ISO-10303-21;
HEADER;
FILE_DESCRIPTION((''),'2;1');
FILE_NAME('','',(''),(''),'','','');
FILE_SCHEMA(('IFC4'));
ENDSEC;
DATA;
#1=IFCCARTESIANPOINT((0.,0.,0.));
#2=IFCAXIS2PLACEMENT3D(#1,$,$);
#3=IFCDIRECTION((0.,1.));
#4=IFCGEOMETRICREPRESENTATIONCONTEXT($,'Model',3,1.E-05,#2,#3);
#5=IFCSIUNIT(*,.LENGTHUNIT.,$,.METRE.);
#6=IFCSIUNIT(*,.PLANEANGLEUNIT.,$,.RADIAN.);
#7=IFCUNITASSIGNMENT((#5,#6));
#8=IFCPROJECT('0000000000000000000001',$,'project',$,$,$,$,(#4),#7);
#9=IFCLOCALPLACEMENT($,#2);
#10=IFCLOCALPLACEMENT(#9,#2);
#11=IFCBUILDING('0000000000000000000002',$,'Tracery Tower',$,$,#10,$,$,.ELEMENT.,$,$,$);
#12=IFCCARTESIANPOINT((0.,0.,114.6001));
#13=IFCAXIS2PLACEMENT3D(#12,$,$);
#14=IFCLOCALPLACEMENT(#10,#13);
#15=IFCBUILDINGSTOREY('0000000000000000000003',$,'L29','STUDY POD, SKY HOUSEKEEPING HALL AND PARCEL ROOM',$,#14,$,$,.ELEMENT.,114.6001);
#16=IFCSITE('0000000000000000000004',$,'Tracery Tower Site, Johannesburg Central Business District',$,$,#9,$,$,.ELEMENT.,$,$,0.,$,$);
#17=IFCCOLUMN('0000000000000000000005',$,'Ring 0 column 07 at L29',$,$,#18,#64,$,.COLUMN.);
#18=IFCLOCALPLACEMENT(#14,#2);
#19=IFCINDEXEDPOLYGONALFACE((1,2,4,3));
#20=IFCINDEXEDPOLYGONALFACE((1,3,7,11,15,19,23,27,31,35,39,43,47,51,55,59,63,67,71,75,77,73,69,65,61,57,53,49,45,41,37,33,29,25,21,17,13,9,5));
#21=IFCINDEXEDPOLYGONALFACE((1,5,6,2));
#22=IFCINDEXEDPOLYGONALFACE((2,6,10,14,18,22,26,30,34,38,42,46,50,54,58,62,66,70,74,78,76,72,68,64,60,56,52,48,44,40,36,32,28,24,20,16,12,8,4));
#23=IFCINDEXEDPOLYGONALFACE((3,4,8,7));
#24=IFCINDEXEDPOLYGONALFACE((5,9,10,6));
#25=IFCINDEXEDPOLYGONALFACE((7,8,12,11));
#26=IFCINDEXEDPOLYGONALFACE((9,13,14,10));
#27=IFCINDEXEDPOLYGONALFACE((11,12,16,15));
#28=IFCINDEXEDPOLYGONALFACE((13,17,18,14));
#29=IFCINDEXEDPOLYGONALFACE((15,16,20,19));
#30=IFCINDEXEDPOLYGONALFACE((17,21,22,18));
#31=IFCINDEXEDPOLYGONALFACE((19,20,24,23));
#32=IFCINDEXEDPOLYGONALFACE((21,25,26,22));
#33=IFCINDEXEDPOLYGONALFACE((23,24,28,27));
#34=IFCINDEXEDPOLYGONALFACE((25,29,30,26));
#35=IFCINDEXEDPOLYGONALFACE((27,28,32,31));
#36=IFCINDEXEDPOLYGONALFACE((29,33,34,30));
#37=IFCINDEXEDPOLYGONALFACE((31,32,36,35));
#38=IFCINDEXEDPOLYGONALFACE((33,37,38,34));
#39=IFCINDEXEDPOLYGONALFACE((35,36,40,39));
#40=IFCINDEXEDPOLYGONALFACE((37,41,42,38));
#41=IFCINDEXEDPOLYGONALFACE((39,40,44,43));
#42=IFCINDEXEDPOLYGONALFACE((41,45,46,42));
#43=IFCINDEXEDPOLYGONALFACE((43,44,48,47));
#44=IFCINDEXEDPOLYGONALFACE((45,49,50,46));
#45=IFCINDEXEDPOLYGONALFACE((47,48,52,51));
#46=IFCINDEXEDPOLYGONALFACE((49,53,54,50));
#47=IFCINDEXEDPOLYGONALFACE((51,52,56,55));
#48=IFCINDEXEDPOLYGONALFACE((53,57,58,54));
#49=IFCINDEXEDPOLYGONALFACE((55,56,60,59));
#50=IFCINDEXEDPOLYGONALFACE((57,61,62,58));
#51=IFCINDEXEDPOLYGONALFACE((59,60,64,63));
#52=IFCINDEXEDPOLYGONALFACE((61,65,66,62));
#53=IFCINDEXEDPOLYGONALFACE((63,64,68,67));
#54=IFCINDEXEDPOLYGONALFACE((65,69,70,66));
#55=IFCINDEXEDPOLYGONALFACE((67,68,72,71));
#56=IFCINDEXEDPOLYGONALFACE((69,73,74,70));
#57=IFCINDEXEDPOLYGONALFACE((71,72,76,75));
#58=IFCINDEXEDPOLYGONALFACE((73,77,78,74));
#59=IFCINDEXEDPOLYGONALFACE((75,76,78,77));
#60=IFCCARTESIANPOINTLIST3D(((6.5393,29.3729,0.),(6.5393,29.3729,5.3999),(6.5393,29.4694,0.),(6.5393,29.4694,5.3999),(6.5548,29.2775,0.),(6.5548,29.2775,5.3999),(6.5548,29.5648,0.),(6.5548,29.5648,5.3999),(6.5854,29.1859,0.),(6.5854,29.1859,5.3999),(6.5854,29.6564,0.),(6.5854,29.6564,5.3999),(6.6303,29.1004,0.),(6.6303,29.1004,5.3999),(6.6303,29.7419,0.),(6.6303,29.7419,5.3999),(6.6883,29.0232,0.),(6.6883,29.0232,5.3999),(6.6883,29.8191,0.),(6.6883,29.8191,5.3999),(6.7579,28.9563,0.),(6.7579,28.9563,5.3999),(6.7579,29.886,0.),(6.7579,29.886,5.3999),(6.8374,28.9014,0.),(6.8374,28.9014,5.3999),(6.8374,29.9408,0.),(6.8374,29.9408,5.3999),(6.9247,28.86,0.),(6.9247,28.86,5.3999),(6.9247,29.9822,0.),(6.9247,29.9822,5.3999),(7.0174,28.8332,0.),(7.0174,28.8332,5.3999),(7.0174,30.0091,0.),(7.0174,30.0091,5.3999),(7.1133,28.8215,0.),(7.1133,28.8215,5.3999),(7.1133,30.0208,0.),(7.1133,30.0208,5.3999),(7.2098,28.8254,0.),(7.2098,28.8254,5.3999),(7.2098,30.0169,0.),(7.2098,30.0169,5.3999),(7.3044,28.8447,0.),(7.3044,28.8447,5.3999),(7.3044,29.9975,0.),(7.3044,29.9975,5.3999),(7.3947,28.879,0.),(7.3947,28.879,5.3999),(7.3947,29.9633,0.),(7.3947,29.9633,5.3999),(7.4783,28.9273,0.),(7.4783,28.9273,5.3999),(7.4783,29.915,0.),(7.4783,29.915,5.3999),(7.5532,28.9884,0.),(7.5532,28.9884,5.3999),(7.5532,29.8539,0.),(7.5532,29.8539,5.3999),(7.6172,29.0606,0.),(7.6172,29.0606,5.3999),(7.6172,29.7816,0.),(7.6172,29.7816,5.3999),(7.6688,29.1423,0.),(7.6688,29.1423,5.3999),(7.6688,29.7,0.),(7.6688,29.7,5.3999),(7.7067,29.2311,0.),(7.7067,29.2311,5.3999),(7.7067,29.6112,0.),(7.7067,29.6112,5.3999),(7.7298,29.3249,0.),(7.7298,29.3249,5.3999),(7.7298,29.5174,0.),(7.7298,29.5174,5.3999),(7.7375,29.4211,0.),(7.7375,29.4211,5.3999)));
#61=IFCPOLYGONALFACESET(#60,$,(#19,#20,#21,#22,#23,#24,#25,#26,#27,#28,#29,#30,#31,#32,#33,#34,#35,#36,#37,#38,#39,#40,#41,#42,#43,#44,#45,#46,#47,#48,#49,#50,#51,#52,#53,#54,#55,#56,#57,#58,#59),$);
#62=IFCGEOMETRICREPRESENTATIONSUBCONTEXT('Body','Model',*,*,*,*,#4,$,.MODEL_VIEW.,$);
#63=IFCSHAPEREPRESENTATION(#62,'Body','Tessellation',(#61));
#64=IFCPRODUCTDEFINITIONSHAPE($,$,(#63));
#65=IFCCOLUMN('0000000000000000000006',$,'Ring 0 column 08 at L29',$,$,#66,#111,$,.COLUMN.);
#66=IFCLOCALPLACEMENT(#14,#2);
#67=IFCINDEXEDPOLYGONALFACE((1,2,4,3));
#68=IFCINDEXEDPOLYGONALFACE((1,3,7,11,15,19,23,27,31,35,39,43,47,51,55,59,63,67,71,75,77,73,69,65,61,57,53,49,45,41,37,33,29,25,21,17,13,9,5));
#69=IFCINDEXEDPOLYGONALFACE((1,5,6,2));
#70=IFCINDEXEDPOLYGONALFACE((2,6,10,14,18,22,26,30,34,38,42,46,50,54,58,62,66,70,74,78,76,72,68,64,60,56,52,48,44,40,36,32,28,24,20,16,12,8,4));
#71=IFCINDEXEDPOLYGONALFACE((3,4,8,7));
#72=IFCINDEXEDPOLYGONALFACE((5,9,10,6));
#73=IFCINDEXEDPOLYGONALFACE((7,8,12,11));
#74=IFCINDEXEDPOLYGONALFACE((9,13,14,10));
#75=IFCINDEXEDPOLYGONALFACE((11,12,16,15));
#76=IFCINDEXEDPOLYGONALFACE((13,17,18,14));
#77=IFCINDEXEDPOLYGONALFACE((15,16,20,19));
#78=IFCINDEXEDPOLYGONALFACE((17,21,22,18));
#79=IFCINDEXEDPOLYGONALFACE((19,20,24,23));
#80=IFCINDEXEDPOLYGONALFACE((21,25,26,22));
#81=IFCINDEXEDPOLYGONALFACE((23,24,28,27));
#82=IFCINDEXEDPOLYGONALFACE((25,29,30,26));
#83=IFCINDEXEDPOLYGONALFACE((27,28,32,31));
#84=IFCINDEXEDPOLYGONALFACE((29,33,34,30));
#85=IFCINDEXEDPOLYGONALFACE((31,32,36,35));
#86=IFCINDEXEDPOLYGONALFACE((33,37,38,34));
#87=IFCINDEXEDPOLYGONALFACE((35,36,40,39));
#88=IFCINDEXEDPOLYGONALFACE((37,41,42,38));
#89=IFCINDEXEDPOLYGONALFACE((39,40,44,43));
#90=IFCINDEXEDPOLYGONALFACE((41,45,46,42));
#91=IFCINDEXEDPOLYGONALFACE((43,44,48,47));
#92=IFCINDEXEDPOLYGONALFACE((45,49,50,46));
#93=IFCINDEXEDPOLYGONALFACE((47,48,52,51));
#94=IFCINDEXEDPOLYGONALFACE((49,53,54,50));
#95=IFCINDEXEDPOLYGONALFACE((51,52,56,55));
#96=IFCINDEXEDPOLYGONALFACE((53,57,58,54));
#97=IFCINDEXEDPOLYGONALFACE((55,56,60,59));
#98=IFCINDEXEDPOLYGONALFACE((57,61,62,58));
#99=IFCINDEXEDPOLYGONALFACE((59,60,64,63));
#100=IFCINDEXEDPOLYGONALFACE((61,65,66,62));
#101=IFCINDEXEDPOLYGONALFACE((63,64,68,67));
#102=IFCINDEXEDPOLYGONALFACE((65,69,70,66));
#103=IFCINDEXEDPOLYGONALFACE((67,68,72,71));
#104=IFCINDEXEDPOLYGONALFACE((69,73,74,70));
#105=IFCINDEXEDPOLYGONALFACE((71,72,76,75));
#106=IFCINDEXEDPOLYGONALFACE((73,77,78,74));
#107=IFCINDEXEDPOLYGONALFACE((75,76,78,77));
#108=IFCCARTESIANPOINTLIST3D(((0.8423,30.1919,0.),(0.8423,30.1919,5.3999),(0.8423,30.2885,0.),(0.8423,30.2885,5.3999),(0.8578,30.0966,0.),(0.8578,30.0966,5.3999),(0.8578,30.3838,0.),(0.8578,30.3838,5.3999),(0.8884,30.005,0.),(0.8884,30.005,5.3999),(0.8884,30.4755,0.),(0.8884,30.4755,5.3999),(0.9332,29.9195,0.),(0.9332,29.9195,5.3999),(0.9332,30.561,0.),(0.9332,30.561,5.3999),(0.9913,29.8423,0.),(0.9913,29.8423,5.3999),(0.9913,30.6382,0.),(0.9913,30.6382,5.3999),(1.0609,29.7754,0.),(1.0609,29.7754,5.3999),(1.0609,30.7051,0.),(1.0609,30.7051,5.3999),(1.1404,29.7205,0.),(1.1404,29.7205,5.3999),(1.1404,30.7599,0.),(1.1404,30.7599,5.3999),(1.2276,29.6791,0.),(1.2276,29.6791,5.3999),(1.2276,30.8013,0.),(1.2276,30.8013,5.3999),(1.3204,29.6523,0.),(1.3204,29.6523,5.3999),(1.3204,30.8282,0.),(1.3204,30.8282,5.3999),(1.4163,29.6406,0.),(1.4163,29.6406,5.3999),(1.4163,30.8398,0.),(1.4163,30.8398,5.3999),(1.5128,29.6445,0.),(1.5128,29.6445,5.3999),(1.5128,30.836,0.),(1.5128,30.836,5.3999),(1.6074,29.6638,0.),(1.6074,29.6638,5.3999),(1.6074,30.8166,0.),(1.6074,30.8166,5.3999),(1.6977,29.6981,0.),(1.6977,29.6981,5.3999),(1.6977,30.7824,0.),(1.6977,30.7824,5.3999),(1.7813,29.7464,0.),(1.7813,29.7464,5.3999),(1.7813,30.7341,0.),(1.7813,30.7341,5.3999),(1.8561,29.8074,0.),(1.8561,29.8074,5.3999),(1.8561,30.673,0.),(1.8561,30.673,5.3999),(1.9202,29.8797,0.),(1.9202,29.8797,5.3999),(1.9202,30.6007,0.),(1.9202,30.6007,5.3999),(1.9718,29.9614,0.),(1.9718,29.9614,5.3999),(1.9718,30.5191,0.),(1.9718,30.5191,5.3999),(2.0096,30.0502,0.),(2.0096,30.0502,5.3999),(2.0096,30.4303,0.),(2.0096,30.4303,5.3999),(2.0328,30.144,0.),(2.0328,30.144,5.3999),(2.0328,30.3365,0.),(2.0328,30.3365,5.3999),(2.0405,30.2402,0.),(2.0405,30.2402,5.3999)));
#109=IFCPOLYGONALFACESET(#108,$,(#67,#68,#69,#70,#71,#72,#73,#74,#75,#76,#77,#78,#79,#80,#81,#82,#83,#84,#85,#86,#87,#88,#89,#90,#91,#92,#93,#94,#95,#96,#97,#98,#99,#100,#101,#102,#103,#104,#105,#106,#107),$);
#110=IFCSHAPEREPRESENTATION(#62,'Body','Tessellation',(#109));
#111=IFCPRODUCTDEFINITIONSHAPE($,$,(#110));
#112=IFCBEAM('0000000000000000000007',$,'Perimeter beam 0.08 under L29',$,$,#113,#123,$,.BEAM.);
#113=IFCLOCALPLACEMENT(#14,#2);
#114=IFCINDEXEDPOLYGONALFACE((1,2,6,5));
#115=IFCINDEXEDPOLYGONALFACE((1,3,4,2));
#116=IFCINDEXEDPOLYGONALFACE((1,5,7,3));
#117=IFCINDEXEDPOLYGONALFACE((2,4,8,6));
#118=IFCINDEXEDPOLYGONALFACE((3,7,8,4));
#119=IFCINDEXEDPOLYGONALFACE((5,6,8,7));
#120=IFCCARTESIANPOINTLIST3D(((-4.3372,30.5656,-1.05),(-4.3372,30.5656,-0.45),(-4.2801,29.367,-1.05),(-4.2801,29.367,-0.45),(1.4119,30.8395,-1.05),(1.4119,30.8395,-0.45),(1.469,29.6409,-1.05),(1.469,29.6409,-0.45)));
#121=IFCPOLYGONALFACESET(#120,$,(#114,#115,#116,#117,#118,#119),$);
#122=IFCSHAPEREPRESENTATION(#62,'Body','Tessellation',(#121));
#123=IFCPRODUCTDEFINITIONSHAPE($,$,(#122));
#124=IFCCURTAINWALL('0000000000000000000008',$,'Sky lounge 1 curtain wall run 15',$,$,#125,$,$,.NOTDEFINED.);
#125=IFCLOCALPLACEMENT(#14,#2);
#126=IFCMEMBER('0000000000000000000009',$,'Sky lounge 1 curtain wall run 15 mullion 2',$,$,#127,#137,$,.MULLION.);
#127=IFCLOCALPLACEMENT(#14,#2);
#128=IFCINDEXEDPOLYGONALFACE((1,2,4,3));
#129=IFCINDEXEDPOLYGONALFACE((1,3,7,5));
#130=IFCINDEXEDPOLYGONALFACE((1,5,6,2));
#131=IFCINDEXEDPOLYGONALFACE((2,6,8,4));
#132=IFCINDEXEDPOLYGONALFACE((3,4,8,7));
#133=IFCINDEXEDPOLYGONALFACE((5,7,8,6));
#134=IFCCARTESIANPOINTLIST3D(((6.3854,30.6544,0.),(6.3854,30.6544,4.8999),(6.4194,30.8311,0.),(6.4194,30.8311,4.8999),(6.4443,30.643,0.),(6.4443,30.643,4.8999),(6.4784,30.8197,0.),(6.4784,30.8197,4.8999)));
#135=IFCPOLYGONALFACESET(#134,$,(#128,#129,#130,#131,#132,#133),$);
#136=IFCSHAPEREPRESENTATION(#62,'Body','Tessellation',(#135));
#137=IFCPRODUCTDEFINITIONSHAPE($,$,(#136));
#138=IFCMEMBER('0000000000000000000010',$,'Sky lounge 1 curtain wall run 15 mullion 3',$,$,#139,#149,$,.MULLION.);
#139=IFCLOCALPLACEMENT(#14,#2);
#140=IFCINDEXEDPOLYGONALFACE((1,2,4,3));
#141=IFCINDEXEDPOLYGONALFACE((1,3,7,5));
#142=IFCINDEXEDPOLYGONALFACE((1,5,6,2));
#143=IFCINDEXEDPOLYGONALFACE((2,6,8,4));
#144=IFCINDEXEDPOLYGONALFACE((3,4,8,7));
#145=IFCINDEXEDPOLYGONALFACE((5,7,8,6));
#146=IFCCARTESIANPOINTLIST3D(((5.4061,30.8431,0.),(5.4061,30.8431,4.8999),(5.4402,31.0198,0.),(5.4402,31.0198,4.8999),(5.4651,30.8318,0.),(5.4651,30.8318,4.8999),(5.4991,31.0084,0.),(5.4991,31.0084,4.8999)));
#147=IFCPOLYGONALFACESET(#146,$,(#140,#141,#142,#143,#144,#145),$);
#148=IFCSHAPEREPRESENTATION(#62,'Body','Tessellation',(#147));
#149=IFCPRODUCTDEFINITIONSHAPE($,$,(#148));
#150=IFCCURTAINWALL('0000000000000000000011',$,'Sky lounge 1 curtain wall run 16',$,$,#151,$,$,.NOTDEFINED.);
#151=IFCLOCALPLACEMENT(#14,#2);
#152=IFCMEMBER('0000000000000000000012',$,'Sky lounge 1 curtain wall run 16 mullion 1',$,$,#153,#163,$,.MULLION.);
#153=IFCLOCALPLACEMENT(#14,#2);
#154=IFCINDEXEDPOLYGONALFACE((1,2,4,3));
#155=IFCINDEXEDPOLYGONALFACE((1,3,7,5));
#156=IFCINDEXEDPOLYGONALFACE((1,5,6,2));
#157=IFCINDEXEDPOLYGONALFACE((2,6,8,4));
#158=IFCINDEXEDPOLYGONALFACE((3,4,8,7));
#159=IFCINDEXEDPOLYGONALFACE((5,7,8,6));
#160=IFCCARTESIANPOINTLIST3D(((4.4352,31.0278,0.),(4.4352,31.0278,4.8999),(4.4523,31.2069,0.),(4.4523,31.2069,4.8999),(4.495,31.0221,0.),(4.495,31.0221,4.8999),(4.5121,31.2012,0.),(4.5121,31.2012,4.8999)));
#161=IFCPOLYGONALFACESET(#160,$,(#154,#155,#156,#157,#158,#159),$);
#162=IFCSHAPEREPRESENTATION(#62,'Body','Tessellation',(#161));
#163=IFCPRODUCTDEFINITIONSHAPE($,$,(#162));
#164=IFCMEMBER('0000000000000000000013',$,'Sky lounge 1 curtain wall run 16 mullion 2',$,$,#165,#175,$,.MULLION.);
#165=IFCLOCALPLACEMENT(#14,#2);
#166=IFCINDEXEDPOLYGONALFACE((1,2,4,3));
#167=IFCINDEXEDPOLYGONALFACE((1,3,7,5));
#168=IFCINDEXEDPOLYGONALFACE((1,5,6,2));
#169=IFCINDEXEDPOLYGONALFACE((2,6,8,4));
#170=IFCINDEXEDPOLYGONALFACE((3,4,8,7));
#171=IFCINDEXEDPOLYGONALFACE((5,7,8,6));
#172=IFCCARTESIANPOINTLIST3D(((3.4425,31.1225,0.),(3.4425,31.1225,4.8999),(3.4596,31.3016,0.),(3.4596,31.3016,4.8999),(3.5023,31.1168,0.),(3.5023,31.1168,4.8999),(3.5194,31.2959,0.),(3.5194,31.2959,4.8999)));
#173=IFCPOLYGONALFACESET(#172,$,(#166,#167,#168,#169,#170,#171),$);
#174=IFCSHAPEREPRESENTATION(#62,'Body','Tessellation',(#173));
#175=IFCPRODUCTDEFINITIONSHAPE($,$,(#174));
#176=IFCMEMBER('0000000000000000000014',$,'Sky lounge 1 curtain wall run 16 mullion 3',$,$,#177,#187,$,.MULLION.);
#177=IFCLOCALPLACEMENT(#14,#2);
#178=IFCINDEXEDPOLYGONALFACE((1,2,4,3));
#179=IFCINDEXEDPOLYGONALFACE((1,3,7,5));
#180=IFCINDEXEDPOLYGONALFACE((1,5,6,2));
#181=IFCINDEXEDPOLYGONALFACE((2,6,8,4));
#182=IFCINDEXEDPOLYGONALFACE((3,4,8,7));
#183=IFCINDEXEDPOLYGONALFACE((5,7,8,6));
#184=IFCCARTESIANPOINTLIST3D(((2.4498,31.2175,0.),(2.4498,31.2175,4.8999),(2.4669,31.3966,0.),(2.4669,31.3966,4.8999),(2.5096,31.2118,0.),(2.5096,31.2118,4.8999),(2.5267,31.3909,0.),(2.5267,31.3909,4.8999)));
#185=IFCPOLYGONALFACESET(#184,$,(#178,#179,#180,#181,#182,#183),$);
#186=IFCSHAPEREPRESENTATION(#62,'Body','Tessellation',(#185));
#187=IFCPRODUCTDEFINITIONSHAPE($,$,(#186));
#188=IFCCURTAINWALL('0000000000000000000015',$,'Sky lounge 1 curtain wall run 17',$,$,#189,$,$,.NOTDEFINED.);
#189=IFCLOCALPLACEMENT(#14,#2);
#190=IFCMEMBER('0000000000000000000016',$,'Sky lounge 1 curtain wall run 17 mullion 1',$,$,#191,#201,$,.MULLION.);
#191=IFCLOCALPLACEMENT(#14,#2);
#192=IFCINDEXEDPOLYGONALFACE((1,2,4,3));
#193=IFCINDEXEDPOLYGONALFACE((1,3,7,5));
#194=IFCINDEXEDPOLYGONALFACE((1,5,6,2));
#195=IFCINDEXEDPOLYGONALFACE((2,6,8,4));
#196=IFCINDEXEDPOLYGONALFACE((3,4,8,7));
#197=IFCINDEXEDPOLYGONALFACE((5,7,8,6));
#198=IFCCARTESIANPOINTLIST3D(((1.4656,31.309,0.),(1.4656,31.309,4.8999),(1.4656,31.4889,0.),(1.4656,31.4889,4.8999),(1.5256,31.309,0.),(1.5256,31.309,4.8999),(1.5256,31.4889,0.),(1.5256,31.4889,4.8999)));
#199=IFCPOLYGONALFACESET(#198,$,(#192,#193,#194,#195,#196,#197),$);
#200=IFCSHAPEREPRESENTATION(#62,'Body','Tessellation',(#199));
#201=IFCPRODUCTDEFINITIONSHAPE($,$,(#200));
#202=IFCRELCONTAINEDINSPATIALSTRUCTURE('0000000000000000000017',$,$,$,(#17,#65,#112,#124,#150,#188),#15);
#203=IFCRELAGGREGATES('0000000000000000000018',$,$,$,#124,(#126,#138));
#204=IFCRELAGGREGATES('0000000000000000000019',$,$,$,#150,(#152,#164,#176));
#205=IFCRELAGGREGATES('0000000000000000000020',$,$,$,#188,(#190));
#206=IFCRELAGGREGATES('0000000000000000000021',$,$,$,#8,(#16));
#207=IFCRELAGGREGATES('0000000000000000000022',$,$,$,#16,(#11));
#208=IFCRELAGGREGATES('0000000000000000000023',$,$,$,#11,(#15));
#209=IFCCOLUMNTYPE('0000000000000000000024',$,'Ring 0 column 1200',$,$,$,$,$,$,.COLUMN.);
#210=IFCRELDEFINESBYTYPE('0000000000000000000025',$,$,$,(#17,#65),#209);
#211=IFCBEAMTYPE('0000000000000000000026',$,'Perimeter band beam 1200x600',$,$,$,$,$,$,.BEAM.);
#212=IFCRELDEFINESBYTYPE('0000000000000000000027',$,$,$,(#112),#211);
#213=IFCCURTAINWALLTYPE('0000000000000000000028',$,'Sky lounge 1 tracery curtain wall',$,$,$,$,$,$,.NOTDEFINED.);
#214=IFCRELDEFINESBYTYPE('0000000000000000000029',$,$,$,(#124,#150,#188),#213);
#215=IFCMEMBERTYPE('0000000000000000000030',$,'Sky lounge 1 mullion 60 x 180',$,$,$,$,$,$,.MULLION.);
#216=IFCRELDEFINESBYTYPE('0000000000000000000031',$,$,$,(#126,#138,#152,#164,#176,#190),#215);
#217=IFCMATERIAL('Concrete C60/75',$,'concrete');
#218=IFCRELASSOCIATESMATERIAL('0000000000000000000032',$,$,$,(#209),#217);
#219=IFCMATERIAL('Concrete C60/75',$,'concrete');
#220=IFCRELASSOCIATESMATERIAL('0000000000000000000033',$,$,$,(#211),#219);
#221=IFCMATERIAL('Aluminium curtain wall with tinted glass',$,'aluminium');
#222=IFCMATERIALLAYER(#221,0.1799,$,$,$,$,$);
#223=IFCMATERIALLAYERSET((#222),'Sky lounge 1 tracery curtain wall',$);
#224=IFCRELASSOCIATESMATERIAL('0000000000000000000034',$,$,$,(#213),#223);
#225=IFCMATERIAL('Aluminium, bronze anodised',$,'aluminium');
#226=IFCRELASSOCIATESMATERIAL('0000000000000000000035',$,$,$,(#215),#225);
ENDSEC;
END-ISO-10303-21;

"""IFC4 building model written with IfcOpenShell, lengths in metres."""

from ifc_helpers import new_model, si_unit, direction, frame, origin, origin_2d, place, context, subcontext, project, spatial, rectangle, circle, extrude, material, layer, layer_set, material_profile, profile_set, type_object, element, aggregate, save


model = new_model("IFC4")

# Units and contexts
model_context = context("Model", 3, precision=1e-05, world=origin(), true_north=direction((0.0, 1.0)))
body_context = subcontext(model_context, "Body", "Model", "MODEL_VIEW")
ifc_project = project(units=[si_unit("LENGTHUNIT", "METRE"), si_unit("PLANEANGLEUNIT", "RADIAN")], contexts=[model_context])

# Site, building, storey
site_placement = place(None, origin())
site = spatial("IfcSite", under=ifc_project, at=site_placement, Name="Tracery Tower Site, Johannesburg Central Business District", CompositionType="ELEMENT", RefElevation=0.0)
building_placement = place(site_placement, origin())
building = spatial("IfcBuilding", under=site, at=building_placement, Name="Tracery Tower", CompositionType="ELEMENT")
storey_placement = place(building_placement, frame((0.0, 0.0, 114.6001)))
storey = spatial("IfcBuildingStorey", under=building, at=storey_placement, Name="L29", Description="STUDY POD, SKY HOUSEKEEPING HALL AND PARCEL ROOM", CompositionType="ELEMENT", Elevation=114.6001)

# Columns
ifc_material_1 = material(Name="Concrete C60/75", Category="concrete")
ifc_material_profile_1 = material_profile(ifc_material_1, circle(Radius=0.6001, at=origin_2d()), Name="RC D1200")
ifc_profile_set_1 = profile_set([ifc_material_profile_1], Name="Concrete C60/75")
column_type = type_object("IfcColumnType", Name="Ring 0 column 1200", PredefinedType="COLUMN", material=ifc_profile_set_1)
for number, where, z_axis, x_axis, name in (
    (1, (7.1375, 29.4211, 0.0), (0.0, 0.0, 1.0), (1.0, 0.0, 0.0), "Ring 0 column 07 at L29"),
    (2, (1.4404, 30.2402, 0.0), (0.0, 0.0, 1.0), (1.0, 0.0, 0.0), "Ring 0 column 08 at L29"),
):
    element("IfcColumn", number, at=place(storey_placement, frame(where, z_axis=z_axis, x_axis=x_axis)), inside=storey, type_object=column_type, Name=name, PredefinedType="COLUMN", context=body_context, shape_type="SweptSolid", body=[
        extrude(circle(Radius=0.6001, at=origin_2d()), origin(), (0.0, 0.0, 1.0), 5.3999),
    ])

# Beam
ifc_material_2 = material(Name="Concrete C60/75", Category="concrete")
ifc_material_profile_2 = material_profile(ifc_material_2, rectangle(XDim=1.2, YDim=0.6001, at=origin_2d()), Name="RC 1200x600")
ifc_profile_set_2 = profile_set([ifc_material_profile_2], Name="Concrete C60/75")
beam_type = type_object("IfcBeamType", Name="Perimeter band beam 1200x600", PredefinedType="BEAM", material=ifc_profile_set_2)
beam_placement = place(storey_placement, frame((1.4404, 30.2402, -0.75), z_axis=(-0.998867, -0.047593, 0.0), x_axis=(0.047593, -0.998867, 0.0)))
element("IfcBeam", 3, at=beam_placement, inside=storey, type_object=beam_type, Name="Perimeter beam 0.08 under L29", PredefinedType="BEAM", context=body_context, shape_type="SweptSolid", body=[
    extrude(rectangle(XDim=1.2, YDim=0.6001, at=origin_2d()), origin(), (0.0, 0.0, 1.0), 5.7556),
])

# Curtain walls, members
ifc_material_3 = material(Name="Aluminium curtain wall with tinted glass", Category="aluminium")
ifc_layer_1 = layer(ifc_material_3, 0.1799)
ifc_layer_set_1 = layer_set([ifc_layer_1], Name="Sky lounge 1 tracery curtain wall")
curtain_wall_type = type_object("IfcCurtainWallType", Name="Sky lounge 1 tracery curtain wall", PredefinedType="NOTDEFINED", material=ifc_layer_set_1)
curtain_wall_1_placement = place(storey_placement, origin())
curtain_wall_1 = element("IfcCurtainWall", 4, at=curtain_wall_1_placement, inside=storey, type_object=curtain_wall_type, Name="Sky lounge 1 curtain wall run 15", PredefinedType="NOTDEFINED")
ifc_material_4 = material(Name="Aluminium, bronze anodised", Category="aluminium")
ifc_material_profile_3 = material_profile(ifc_material_4, rectangle(XDim=0.1799, YDim=0.0601, at=origin_2d()), Name="AL 60x180")
ifc_profile_set_3 = profile_set([ifc_material_profile_3], Name="Aluminium, bronze anodised")
member_type_1 = type_object("IfcMemberType", Name="Sky lounge 1 mullion 60 x 180", PredefinedType="MULLION", material=ifc_profile_set_3)
member_1_placement = place(storey_placement, frame((6.4319, 30.7371, 0.0), z_axis=(0.0, 0.0, 1.0), x_axis=(-0.189251, -0.981929, 0.0)))
member_1 = element("IfcMember", 5, at=member_1_placement, type_object=member_type_1, Name="Sky lounge 1 curtain wall run 15 mullion 2", PredefinedType="MULLION", context=body_context, shape_type="SweptSolid", body=[
    extrude(rectangle(XDim=0.1799, YDim=0.0601, at=origin_2d()), origin(), (0.0, 0.0, 1.0), 4.8999),
])
member_2_placement = place(storey_placement, frame((5.4526, 30.9258, 0.0), z_axis=(0.0, 0.0, 1.0), x_axis=(-0.189251, -0.981929, 0.0)))
member_2 = element("IfcMember", 6, at=member_2_placement, type_object=member_type_1, Name="Sky lounge 1 curtain wall run 15 mullion 3", PredefinedType="MULLION", context=body_context, shape_type="SweptSolid", body=[
    extrude(rectangle(XDim=0.1799, YDim=0.0601, at=origin_2d()), origin(), (0.0, 0.0, 1.0), 4.8999),
])
curtain_wall_2_placement = place(storey_placement, origin())
curtain_wall_2 = element("IfcCurtainWall", 7, at=curtain_wall_2_placement, inside=storey, type_object=curtain_wall_type, Name="Sky lounge 1 curtain wall run 16", PredefinedType="NOTDEFINED")
member_3_placement = place(storey_placement, frame((4.4736, 31.1145, 0.0), z_axis=(0.0, 0.0, 1.0), x_axis=(-0.095056, -0.995472, 0.0)))
member_3 = element("IfcMember", 8, at=member_3_placement, type_object=member_type_1, Name="Sky lounge 1 curtain wall run 16 mullion 1", PredefinedType="MULLION", context=body_context, shape_type="SweptSolid", body=[
    extrude(rectangle(XDim=0.1799, YDim=0.0601, at=origin_2d()), origin(), (0.0, 0.0, 1.0), 4.8999),
])
member_4_placement = place(storey_placement, frame((3.481, 31.2092, 0.0), z_axis=(0.0, 0.0, 1.0), x_axis=(-0.095056, -0.995472, 0.0)))
member_4 = element("IfcMember", 9, at=member_4_placement, type_object=member_type_1, Name="Sky lounge 1 curtain wall run 16 mullion 2", PredefinedType="MULLION", context=body_context, shape_type="SweptSolid", body=[
    extrude(rectangle(XDim=0.1799, YDim=0.0601, at=origin_2d()), origin(), (0.0, 0.0, 1.0), 4.8999),
])
member_5_placement = place(storey_placement, frame((2.4883, 31.3042, 0.0), z_axis=(0.0, 0.0, 1.0), x_axis=(-0.095056, -0.995472, 0.0)))
member_5 = element("IfcMember", 10, at=member_5_placement, type_object=member_type_1, Name="Sky lounge 1 curtain wall run 16 mullion 3", PredefinedType="MULLION", context=body_context, shape_type="SweptSolid", body=[
    extrude(rectangle(XDim=0.1799, YDim=0.0601, at=origin_2d()), origin(), (0.0, 0.0, 1.0), 4.8999),
])
curtain_wall_3_placement = place(storey_placement, origin())
curtain_wall_3 = element("IfcCurtainWall", 11, at=curtain_wall_3_placement, inside=storey, type_object=curtain_wall_type, Name="Sky lounge 1 curtain wall run 17", PredefinedType="NOTDEFINED")
member_6_placement = place(storey_placement, frame((1.4956, 31.3989, 0.0), z_axis=(0.0, 0.0, 1.0), x_axis=(0.0, -1.0, 0.0)))
member_6 = element("IfcMember", 12, at=member_6_placement, type_object=member_type_1, Name="Sky lounge 1 curtain wall run 17 mullion 1", PredefinedType="MULLION", context=body_context, shape_type="SweptSolid", body=[
    extrude(rectangle(XDim=0.1799, YDim=0.0601, at=origin_2d()), origin(), (0.0, 0.0, 1.0), 4.8999),
])

aggregate(curtain_wall_1, [member_1, member_2])
aggregate(curtain_wall_2, [member_3, member_4, member_5])
aggregate(curtain_wall_3, [member_6])

save(model, "model.ifc")
